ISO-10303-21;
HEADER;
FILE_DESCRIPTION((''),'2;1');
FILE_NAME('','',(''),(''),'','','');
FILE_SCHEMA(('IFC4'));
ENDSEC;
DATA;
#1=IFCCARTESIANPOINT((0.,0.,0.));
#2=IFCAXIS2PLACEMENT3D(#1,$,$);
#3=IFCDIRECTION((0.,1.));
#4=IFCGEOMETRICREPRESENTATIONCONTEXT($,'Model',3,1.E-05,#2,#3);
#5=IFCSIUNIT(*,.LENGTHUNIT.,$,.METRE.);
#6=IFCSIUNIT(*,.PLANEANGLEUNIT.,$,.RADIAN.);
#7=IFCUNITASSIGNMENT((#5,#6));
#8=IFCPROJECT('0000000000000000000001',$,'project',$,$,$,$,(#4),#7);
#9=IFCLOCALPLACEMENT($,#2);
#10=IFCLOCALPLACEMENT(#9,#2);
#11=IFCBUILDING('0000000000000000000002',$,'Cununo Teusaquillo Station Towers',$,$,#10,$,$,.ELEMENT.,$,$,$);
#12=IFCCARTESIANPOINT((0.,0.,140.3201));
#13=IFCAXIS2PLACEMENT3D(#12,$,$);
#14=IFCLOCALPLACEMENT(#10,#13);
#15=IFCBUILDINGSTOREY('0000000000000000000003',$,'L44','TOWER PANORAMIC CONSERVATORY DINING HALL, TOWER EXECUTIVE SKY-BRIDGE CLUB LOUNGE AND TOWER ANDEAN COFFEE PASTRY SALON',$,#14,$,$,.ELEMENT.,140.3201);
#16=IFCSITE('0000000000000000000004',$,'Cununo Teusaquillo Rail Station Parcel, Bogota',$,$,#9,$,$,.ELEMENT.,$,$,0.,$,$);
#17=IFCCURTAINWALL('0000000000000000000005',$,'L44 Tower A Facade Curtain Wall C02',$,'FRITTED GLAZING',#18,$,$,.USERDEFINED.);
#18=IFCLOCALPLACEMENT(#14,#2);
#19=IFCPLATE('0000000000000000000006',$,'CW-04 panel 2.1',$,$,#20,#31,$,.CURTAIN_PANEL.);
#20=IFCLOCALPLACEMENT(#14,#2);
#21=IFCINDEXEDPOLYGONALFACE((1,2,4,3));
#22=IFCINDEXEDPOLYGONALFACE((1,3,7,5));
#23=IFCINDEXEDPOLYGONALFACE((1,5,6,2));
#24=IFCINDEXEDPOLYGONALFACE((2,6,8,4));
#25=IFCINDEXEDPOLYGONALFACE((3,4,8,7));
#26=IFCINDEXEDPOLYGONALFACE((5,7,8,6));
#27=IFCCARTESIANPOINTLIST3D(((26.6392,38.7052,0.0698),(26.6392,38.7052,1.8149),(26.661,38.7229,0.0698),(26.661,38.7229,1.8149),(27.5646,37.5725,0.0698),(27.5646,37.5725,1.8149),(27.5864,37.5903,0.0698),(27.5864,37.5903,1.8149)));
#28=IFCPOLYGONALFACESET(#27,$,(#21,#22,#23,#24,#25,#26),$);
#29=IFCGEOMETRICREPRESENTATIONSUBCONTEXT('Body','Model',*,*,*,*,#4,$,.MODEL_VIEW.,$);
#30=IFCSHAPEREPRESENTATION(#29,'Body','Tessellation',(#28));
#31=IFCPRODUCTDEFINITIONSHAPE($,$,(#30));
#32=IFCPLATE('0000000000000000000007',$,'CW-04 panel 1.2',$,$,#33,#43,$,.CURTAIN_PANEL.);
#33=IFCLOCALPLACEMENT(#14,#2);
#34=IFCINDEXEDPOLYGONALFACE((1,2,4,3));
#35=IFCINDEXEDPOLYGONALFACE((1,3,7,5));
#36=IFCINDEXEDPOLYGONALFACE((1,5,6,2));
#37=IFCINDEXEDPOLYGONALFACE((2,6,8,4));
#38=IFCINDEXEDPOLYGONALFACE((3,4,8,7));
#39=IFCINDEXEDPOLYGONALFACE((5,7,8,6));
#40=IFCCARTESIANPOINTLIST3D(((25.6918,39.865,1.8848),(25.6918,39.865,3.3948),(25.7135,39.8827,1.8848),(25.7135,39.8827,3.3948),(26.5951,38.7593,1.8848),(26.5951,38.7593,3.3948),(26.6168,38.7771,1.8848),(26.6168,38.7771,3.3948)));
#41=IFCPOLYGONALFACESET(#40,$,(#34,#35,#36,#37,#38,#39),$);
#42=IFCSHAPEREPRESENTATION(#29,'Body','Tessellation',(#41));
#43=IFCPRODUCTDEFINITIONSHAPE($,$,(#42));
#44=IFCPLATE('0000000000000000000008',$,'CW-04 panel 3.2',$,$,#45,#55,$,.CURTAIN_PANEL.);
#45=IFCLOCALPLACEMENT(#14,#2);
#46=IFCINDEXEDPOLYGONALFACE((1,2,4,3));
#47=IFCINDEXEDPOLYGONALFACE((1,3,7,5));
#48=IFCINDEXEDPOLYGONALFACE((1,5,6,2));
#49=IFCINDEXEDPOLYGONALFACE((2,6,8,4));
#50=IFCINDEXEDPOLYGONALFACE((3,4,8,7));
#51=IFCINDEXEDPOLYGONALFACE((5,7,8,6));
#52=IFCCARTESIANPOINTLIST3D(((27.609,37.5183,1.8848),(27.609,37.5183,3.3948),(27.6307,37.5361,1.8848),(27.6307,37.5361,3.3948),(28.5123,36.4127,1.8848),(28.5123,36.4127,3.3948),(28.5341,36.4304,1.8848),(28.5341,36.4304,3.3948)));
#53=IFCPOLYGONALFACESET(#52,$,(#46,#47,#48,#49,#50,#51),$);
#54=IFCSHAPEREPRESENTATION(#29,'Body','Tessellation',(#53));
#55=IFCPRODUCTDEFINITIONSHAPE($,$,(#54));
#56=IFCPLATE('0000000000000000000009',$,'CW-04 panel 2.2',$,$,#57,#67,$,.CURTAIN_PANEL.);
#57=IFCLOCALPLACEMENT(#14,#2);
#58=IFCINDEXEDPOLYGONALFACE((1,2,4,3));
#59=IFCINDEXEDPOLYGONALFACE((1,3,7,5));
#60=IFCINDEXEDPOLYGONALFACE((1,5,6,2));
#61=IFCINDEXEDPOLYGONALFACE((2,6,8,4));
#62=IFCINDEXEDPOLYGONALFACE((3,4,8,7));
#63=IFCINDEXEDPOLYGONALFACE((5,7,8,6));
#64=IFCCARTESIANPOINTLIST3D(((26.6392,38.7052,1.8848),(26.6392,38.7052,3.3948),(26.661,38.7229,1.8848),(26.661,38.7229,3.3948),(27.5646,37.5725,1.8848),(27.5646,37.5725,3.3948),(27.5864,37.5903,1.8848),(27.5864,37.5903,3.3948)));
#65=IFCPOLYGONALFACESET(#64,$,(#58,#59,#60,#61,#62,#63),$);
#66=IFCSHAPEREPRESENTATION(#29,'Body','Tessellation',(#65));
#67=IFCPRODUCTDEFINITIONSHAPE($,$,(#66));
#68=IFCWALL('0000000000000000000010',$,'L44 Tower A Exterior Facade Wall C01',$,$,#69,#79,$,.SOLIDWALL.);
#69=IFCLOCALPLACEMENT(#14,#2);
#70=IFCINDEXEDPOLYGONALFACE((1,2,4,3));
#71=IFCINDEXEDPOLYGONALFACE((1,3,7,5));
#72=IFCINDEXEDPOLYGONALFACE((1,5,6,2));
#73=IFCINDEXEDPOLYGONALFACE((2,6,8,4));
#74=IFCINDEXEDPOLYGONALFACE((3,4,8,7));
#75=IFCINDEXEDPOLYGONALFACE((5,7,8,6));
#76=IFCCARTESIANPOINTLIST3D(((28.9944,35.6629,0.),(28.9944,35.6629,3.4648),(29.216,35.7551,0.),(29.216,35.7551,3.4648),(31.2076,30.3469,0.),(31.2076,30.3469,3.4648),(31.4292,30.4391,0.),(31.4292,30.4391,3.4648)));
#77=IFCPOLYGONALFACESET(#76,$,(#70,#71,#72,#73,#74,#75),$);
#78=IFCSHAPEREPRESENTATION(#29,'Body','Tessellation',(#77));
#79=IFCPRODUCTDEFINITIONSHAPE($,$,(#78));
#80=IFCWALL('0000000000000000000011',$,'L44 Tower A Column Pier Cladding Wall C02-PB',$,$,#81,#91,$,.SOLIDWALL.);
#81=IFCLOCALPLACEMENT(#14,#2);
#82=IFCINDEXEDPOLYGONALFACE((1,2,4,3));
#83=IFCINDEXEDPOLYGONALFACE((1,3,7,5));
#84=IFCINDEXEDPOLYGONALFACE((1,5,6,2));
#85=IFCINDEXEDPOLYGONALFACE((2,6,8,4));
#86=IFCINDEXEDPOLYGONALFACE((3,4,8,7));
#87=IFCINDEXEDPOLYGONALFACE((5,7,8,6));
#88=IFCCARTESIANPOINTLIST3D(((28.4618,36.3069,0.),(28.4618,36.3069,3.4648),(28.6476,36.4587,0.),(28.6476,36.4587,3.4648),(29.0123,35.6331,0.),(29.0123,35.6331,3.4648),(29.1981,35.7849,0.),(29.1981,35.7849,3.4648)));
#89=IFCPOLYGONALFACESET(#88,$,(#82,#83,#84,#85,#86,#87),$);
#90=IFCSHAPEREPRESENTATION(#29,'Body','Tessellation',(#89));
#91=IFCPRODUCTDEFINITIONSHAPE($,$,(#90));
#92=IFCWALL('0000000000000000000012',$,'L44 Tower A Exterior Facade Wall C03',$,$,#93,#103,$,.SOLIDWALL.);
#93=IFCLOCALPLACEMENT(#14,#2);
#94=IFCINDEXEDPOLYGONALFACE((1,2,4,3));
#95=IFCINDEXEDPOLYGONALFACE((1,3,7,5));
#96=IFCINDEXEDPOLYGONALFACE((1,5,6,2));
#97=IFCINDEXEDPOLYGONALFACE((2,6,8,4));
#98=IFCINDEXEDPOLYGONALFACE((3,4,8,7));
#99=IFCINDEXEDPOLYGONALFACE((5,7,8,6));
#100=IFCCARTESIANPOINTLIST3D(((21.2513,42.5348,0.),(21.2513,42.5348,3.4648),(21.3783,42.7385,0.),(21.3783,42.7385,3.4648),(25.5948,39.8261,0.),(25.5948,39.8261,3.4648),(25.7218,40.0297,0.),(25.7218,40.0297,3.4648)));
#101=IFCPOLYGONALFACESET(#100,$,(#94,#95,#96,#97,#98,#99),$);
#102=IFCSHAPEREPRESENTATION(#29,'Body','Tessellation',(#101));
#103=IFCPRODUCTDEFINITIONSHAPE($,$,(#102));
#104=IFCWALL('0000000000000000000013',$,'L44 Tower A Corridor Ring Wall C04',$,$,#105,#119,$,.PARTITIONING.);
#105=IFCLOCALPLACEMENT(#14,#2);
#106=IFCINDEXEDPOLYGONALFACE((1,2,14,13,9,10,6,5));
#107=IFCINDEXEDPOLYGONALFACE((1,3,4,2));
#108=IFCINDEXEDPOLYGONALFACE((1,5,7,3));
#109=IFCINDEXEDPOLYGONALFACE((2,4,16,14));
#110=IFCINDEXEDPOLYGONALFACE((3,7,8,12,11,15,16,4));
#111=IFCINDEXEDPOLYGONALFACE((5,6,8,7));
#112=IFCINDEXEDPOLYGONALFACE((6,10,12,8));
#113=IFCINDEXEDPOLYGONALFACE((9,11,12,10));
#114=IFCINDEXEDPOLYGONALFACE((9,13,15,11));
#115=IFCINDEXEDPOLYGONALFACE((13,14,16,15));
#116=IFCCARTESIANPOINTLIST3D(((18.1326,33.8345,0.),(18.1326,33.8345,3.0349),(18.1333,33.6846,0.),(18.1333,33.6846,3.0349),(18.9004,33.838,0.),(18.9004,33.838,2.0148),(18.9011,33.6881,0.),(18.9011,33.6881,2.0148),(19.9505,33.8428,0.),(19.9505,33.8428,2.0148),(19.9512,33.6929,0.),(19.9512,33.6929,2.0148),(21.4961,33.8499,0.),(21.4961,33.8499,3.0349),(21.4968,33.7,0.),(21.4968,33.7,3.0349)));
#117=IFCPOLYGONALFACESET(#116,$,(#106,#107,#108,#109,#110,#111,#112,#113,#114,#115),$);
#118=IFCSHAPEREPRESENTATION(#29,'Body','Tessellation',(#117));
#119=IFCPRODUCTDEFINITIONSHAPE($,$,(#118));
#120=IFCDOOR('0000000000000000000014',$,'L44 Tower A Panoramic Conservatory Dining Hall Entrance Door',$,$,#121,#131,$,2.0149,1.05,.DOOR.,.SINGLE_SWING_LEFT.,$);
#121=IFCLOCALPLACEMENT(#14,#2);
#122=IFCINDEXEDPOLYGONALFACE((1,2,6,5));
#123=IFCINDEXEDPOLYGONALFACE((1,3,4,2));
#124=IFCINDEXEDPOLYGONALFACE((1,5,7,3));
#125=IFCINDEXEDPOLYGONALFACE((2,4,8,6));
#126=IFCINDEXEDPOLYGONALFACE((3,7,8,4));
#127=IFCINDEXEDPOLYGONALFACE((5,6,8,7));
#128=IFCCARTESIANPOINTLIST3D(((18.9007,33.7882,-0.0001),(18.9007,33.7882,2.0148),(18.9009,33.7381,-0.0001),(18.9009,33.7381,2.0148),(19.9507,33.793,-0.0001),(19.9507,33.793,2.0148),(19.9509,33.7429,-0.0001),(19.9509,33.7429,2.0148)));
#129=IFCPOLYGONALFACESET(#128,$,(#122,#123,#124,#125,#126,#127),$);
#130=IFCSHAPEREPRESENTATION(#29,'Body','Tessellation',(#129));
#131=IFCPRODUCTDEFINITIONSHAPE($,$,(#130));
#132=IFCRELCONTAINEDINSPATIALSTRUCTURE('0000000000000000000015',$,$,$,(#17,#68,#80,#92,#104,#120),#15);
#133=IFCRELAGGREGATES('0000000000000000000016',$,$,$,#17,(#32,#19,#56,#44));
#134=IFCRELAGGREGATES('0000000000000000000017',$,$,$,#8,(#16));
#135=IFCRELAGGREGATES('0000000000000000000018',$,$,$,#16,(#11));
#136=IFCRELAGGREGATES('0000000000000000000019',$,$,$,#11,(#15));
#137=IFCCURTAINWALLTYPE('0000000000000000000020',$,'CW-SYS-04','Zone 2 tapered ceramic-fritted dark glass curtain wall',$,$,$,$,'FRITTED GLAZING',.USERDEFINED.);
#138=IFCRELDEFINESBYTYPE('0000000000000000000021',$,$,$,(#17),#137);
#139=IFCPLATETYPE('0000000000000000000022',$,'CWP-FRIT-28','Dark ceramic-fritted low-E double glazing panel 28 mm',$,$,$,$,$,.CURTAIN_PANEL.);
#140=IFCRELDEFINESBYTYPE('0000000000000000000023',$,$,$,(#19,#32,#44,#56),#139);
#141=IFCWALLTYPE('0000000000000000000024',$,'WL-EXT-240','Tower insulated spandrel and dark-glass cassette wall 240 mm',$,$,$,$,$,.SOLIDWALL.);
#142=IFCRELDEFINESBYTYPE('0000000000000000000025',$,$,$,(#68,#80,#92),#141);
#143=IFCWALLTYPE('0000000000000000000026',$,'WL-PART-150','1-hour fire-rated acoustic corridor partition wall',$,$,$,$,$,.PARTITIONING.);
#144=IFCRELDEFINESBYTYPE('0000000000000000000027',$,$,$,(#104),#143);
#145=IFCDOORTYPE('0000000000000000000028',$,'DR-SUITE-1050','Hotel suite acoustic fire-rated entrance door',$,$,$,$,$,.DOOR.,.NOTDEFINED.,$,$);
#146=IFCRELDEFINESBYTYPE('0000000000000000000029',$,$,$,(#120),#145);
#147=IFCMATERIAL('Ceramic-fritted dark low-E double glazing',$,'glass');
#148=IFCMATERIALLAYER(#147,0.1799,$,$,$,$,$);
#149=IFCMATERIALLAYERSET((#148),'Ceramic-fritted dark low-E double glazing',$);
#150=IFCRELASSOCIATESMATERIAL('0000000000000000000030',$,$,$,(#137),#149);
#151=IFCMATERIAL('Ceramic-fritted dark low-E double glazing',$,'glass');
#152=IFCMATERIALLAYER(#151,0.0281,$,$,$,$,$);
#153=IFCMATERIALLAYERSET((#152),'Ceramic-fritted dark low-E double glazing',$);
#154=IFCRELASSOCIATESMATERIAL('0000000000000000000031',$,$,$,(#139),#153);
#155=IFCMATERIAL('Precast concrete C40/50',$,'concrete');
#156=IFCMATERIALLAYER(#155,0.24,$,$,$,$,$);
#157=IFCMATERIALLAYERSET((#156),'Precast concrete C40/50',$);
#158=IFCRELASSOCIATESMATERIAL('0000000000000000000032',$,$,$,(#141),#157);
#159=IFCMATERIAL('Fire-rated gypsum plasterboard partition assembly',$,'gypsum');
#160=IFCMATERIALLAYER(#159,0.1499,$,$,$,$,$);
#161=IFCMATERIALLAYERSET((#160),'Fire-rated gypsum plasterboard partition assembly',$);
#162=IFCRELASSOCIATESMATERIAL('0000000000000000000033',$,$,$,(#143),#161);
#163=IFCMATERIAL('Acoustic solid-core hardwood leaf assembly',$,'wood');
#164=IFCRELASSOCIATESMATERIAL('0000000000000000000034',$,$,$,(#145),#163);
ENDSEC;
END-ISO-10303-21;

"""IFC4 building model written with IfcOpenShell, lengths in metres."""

from ifc_helpers import new_model, si_unit, direction, frame, frame_2d, origin, origin_2d, place, context, subcontext, project, spatial, rectangle, extrude, source, transform, mapped, material, layer, layer_set, type_object, element, fill, aggregate, save


model = new_model("IFC4")

# Units and contexts
model_context = context("Model", 3, precision=1e-05, world=origin(), true_north=direction((0.0, 1.0)))
body_context = subcontext(model_context, "Body", "Model", "MODEL_VIEW")
ifc_project = project(units=[si_unit("LENGTHUNIT", "METRE"), si_unit("PLANEANGLEUNIT", "RADIAN")], contexts=[model_context])

# Site, building, storey
site_placement = place(None, origin())
site = spatial("IfcSite", under=ifc_project, at=site_placement, Name="Cununo Teusaquillo Rail Station Parcel, Bogota", CompositionType="ELEMENT", RefElevation=0.0)
building_placement = place(site_placement, origin())
building = spatial("IfcBuilding", under=site, at=building_placement, Name="Cununo Teusaquillo Station Towers", CompositionType="ELEMENT")
storey_placement = place(building_placement, frame((0.0, 0.0, 140.3201)))
storey = spatial("IfcBuildingStorey", under=building, at=storey_placement, Name="L44", Description="TOWER PANORAMIC CONSERVATORY DINING HALL, TOWER EXECUTIVE SKY-BRIDGE CLUB LOUNGE AND TOWER ANDEAN COFFEE PASTRY SALON", CompositionType="ELEMENT", Elevation=140.3201)

# Curtain wall
ifc_material_1 = material(Name="Ceramic-fritted dark low-E double glazing", Category="glass")
ifc_layer_1 = layer(ifc_material_1, 0.1799)
ifc_layer_set_1 = layer_set([ifc_layer_1], Name="Ceramic-fritted dark low-E double glazing")
curtain_wall_type = type_object("IfcCurtainWallType", Name="CW-SYS-04", Description="Zone 2 tapered ceramic-fritted dark glass curtain wall", ElementType="FRITTED GLAZING", PredefinedType="USERDEFINED", material=ifc_layer_set_1)
curtain_wall_placement = place(storey_placement, origin())
curtain_wall = element("IfcCurtainWall", 1, at=curtain_wall_placement, inside=storey, type_object=curtain_wall_type, Name="L44 Tower A Facade Curtain Wall C02", ObjectType="FRITTED GLAZING", PredefinedType="USERDEFINED")

# Plates
ifc_material_2 = material(Name="Ceramic-fritted dark low-E double glazing", Category="glass")
ifc_layer_2 = layer(ifc_material_2, 0.0281)
ifc_layer_set_2 = layer_set([ifc_layer_2], Name="Ceramic-fritted dark low-E double glazing")
plate_type_1 = type_object("IfcPlateType", Name="CWP-FRIT-28", Description="Dark ceramic-fritted low-E double glazing panel 28 mm", PredefinedType="CURTAIN_PANEL", material=ifc_layer_set_2)
shared_shape_1 = source(origin(), body_context, "Body", "SweptSolid", [
    extrude(rectangle(XDim=1.4626, YDim=0.0281, at=origin_2d()), origin(), (0.0, 0.0, 1.0), 1.7451),
])
plate_1_placement = place(storey_placement, frame((27.1128, 38.1477, 0.0698), z_axis=(0.0, 0.0, 1.0), x_axis=(0.632704, -0.774394, 0.0)))
plate_1 = element("IfcPlate", 2, at=plate_1_placement, type_object=plate_type_1, Name="CW-04 panel 2.1", PredefinedType="CURTAIN_PANEL", context=body_context, shape_type="MappedRepresentation", body=[
    mapped(shared_shape_1, transform((0.0, 0.0, 0.0), x_axis=(1.0, 0.0, 0.0), y_axis=(0.0, 1.0, 0.0), z_axis=(0.0, 0.0, 1.0), scale=1.0)),
])
shared_shape_2 = source(origin(), body_context, "Body", "SweptSolid", [
    extrude(rectangle(XDim=1.4277, YDim=0.0281, at=origin_2d()), origin(), (0.0, 0.0, 1.0), 1.51),
])
plate_2_placement = place(storey_placement, frame((26.1543, 39.321, 1.8848), z_axis=(0.0, 0.0, 1.0), x_axis=(0.632704, -0.774394, 0.0)))
plate_2 = element("IfcPlate", 3, at=plate_2_placement, type_object=plate_type_1, Name="CW-04 panel 1.2", PredefinedType="CURTAIN_PANEL", context=body_context, shape_type="MappedRepresentation", body=[
    mapped(shared_shape_2, transform((0.0, 0.0, 0.0), x_axis=(1.0, 0.0, 0.0), y_axis=(0.0, 1.0, 0.0), z_axis=(0.0, 0.0, 1.0), scale=1.0)),
])
plate_3_placement = place(storey_placement, frame((28.0715, 36.9744, 1.8848), z_axis=(0.0, 0.0, 1.0), x_axis=(0.632704, -0.774394, 0.0)))
plate_3 = element("IfcPlate", 4, at=plate_3_placement, type_object=plate_type_1, Name="CW-04 panel 3.2", PredefinedType="CURTAIN_PANEL", context=body_context, shape_type="MappedRepresentation", body=[
    mapped(shared_shape_2, transform((0.0, 0.0, 0.0), x_axis=(1.0, 0.0, 0.0), y_axis=(0.0, 1.0, 0.0), z_axis=(0.0, 0.0, 1.0), scale=1.0)),
])
shared_shape_3 = source(origin(), body_context, "Body", "SweptSolid", [
    extrude(rectangle(XDim=1.4626, YDim=0.0281, at=origin_2d()), origin(), (0.0, 0.0, 1.0), 1.51),
])
plate_4_placement = place(storey_placement, frame((27.1128, 38.1477, 1.8848), z_axis=(0.0, 0.0, 1.0), x_axis=(0.632704, -0.774394, 0.0)))
plate_4 = element("IfcPlate", 5, at=plate_4_placement, type_object=plate_type_1, Name="CW-04 panel 2.2", PredefinedType="CURTAIN_PANEL", context=body_context, shape_type="MappedRepresentation", body=[
    mapped(shared_shape_3, transform((0.0, 0.0, 0.0), x_axis=(1.0, 0.0, 0.0), y_axis=(0.0, 1.0, 0.0), z_axis=(0.0, 0.0, 1.0), scale=1.0)),
])
aggregate(curtain_wall, [plate_2, plate_1, plate_4, plate_3])

# Walls
ifc_material_3 = material(Name="Precast concrete C40/50", Category="concrete")
ifc_layer_3 = layer(ifc_material_3, 0.24)
ifc_layer_set_3 = layer_set([ifc_layer_3], Name="Precast concrete C40/50")
wall_type_1 = type_object("IfcWallType", Name="WL-EXT-240", Description="Tower insulated spandrel and dark-glass cassette wall 240 mm", PredefinedType="SOLIDWALL", material=ifc_layer_set_3)
wall_1_placement = place(storey_placement, frame((29.1052, 35.709, 0.0), z_axis=(0.0, 0.0, 1.0), x_axis=(0.384344, -0.92319, 0.0)))
element("IfcWall", 6, at=wall_1_placement, inside=storey, type_object=wall_type_1, Name="L44 Tower A Exterior Facade Wall C01", PredefinedType="SOLIDWALL", context=body_context, shape_type="SweptSolid", body=[
    extrude(rectangle(XDim=5.7583, YDim=0.24, at=frame_2d((2.8792, 0.0))), origin(), (0.0, 0.0, 1.0), 3.4648),
])
wall_2_placement = place(storey_placement, frame((28.5547, 36.3828, 0.0), z_axis=(0.0, 0.0, 1.0), x_axis=(0.632703, -0.774395, 0.0)))
element("IfcWall", 7, at=wall_2_placement, inside=storey, type_object=wall_type_1, Name="L44 Tower A Column Pier Cladding Wall C02-PB", PredefinedType="SOLIDWALL", context=body_context, shape_type="SweptSolid", body=[
    extrude(rectangle(XDim=0.8701, YDim=0.24, at=frame_2d((0.4351, 0.0))), origin(), (0.0, 0.0, 1.0), 3.4648),
])
wall_3_placement = place(storey_placement, frame((21.3147, 42.6367, 0.0), z_axis=(0.0, 0.0, 1.0), x_axis=(0.84852, -0.529163, 0.0)))
element("IfcWall", 8, at=wall_3_placement, inside=storey, type_object=wall_type_1, Name="L44 Tower A Exterior Facade Wall C03", PredefinedType="SOLIDWALL", context=body_context, shape_type="SweptSolid", body=[
    extrude(rectangle(XDim=5.1189, YDim=0.24, at=frame_2d((2.5596, 0.0))), origin(), (0.0, 0.0, 1.0), 3.4648),
])

# Wall, opening, door
ifc_material_4 = material(Name="Fire-rated gypsum plasterboard partition assembly", Category="gypsum")
ifc_layer_4 = layer(ifc_material_4, 0.1499)
ifc_layer_set_4 = layer_set([ifc_layer_4], Name="Fire-rated gypsum plasterboard partition assembly")
wall_type_2 = type_object("IfcWallType", Name="WL-PART-150", Description="1-hour fire-rated acoustic corridor partition wall", PredefinedType="PARTITIONING", material=ifc_layer_set_4)
wall_4_placement = place(storey_placement, frame((21.4963, 33.7749, 0.0), z_axis=(0.0, 0.0, 1.0), x_axis=(-0.99999, -0.004573, 0.0)))
wall_4 = element("IfcWall", 9, at=wall_4_placement, inside=storey, type_object=wall_type_2, Name="L44 Tower A Corridor Ring Wall C04", PredefinedType="PARTITIONING", context=body_context, shape_type="SweptSolid", body=[
    extrude(rectangle(XDim=3.3635, YDim=0.1499, at=frame_2d((1.6816, 0.0))), origin(), (0.0, 0.0, 1.0), 3.0349),
])
shared_shape_4 = source(origin(), body_context, "Body", "SweptSolid", [
    extrude(rectangle(XDim=1.05, YDim=2.0149, at=frame_2d((0.5249, 1.0073))), frame((0.0, 0.085, 0.0), z_axis=(0.0, -1.0, 0.0), x_axis=(1.0, 0.0, 0.0)), (0.0, 0.0, 1.0), 0.1699),
])
opening_placement = place(wall_4_placement, frame((1.5457, 0.0, 0.0)))
opening = element("IfcOpeningElement", 10, at=opening_placement, cuts=wall_4, PredefinedType="OPENING", context=body_context, shape_type="MappedRepresentation", body=[
    mapped(shared_shape_4, transform((0.0, 0.0, 0.0), x_axis=(1.0, 0.0, 0.0), y_axis=(0.0, 1.0, 0.0), z_axis=(0.0, 0.0, 1.0), scale=1.0)),
])
ifc_material_5 = material(Name="Acoustic solid-core hardwood leaf assembly", Category="wood")
door_type = type_object("IfcDoorType", Name="DR-SUITE-1050", Description="Hotel suite acoustic fire-rated entrance door", OperationType="NOTDEFINED", PredefinedType="DOOR", material=ifc_material_5)
shared_shape_5 = source(origin(), body_context, "Body", "SweptSolid", [
    extrude(rectangle(XDim=1.05, YDim=2.0149, at=frame_2d((0.5249, 1.0073))), frame((0.0, 0.0249, 0.0), z_axis=(0.0, -1.0, 0.0), x_axis=(1.0, 0.0, 0.0)), (0.0, 0.0, 1.0), 0.05),
])
door_placement = place(opening_placement, origin())
door = element("IfcDoor", 11, at=door_placement, inside=storey, type_object=door_type, Name="L44 Tower A Panoramic Conservatory Dining Hall Entrance Door", OperationType="SINGLE_SWING_LEFT", OverallHeight=2.0149, OverallWidth=1.05, PredefinedType="DOOR", context=body_context, shape_type="MappedRepresentation", body=[
    mapped(shared_shape_5, transform((0.0, 0.0, 0.0), x_axis=(1.0, 0.0, 0.0), y_axis=(0.0, 1.0, 0.0), z_axis=(0.0, 0.0, 1.0), scale=1.0)),
])
fill(opening, door)

save(model, "model.ifc")
